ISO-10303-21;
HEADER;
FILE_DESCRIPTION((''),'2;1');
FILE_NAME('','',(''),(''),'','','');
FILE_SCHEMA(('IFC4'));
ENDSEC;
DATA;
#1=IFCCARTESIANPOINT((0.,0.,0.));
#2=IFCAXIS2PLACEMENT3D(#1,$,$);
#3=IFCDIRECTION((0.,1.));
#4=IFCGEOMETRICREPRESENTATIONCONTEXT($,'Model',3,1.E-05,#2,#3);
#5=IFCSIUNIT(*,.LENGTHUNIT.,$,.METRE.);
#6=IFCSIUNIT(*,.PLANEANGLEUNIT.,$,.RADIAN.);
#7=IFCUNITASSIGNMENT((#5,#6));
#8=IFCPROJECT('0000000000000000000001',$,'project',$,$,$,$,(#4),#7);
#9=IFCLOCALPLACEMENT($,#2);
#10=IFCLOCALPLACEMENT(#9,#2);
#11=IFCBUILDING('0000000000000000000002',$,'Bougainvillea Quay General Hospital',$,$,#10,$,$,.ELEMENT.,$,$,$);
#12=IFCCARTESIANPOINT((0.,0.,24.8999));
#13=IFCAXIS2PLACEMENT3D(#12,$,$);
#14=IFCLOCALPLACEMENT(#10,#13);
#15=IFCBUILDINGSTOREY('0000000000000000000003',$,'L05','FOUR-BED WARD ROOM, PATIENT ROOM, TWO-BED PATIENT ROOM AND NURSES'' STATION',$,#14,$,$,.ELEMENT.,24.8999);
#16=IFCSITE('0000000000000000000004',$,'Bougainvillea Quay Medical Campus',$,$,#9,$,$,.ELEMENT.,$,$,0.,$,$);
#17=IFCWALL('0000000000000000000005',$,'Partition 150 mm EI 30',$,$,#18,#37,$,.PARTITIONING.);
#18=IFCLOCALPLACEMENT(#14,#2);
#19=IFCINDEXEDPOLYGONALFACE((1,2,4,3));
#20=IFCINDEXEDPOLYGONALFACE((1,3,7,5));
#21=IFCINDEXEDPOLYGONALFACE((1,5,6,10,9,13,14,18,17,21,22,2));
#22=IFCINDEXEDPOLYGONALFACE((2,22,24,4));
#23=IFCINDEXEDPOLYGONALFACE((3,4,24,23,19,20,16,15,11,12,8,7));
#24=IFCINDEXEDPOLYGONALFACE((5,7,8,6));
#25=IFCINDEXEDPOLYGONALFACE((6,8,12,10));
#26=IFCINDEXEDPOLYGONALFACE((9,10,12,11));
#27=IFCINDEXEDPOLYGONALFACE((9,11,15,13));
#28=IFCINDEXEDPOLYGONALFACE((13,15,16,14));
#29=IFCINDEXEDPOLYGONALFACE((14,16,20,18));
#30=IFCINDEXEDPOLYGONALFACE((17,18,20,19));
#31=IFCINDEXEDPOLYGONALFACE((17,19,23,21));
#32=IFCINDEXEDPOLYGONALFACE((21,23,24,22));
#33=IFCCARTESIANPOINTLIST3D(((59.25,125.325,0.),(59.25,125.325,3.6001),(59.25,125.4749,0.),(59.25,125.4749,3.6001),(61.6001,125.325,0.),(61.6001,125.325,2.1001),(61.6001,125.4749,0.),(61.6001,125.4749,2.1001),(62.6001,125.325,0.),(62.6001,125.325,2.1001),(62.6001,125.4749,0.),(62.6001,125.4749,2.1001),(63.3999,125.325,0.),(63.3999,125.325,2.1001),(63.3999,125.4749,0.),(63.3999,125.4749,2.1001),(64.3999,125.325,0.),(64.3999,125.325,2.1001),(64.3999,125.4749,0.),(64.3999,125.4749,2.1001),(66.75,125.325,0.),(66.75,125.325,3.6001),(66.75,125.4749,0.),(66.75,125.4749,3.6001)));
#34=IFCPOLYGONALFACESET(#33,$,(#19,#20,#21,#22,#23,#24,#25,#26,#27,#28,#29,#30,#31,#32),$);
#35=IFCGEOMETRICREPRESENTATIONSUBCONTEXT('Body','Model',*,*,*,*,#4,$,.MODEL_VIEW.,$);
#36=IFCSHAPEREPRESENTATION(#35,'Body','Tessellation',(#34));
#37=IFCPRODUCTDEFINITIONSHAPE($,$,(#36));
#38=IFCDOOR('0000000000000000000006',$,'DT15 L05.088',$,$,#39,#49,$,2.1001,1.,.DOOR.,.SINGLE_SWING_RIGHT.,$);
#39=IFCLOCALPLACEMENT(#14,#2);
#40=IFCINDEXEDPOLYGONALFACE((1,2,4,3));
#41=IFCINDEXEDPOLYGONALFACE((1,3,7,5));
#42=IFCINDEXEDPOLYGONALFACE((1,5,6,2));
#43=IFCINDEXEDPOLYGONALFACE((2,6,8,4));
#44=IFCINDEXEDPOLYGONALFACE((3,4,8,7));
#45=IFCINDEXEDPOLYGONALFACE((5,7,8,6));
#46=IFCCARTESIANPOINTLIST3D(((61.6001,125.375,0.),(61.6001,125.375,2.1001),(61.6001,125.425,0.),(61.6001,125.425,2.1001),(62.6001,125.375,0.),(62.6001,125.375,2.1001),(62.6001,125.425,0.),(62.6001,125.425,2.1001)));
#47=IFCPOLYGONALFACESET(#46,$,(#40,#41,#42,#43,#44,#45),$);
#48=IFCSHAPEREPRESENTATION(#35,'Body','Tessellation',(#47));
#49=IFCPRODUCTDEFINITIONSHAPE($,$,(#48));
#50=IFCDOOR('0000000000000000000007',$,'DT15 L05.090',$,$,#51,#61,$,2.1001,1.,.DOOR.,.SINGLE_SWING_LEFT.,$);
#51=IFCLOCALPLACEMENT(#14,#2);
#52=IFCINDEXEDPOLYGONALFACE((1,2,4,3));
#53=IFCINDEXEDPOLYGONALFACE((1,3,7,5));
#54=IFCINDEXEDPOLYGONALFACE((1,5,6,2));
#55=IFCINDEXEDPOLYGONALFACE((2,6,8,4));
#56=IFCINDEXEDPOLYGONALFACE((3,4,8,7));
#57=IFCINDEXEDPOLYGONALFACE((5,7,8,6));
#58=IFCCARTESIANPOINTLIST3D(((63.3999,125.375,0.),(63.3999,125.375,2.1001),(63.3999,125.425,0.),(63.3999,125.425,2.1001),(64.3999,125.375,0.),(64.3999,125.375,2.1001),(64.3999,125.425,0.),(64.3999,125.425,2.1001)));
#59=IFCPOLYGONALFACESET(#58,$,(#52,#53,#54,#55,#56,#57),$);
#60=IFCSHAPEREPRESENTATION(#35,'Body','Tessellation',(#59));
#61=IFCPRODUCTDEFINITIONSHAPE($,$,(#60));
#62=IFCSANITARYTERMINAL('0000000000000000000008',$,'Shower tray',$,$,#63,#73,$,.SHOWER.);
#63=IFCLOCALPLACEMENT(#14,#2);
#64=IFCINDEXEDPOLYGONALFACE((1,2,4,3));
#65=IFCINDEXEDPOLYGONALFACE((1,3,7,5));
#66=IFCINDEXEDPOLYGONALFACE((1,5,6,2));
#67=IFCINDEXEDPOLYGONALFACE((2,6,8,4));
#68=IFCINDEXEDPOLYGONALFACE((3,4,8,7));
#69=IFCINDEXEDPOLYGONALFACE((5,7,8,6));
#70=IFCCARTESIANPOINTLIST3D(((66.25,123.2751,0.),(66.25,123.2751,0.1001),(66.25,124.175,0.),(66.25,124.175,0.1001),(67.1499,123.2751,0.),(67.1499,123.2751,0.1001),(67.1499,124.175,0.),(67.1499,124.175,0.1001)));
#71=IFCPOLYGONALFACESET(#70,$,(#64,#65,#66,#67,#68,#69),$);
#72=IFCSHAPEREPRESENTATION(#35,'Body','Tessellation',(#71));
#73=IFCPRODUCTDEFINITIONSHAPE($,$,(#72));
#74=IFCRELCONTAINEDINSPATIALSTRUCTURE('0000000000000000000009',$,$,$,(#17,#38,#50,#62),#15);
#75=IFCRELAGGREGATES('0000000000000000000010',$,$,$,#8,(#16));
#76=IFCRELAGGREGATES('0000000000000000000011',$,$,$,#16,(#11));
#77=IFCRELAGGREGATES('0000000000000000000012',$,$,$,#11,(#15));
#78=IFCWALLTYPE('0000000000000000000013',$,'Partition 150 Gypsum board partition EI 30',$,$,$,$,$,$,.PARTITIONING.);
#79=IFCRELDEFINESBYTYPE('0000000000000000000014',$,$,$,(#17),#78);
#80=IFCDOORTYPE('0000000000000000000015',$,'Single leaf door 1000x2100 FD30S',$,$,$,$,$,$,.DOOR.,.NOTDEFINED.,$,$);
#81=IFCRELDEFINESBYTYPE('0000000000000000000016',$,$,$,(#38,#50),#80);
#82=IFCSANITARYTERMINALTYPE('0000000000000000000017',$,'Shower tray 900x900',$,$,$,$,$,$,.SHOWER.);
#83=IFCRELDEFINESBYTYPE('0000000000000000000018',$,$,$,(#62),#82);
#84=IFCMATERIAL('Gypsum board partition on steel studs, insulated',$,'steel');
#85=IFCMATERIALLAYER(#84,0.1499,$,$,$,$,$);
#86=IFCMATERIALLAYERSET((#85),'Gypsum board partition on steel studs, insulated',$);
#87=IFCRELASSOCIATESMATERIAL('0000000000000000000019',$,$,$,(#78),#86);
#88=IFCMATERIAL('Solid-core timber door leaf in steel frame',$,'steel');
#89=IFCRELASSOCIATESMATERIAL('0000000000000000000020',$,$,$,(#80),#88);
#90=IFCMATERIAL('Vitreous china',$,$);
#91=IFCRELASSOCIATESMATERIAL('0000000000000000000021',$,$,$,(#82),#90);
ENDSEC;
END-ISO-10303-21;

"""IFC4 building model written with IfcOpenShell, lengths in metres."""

from ifc_helpers import new_model, si_unit, direction, frame, frame_2d, origin, origin_2d, place, context, subcontext, project, spatial, rectangle, extrude, material, layer, layer_set, type_object, element, fill, save


model = new_model("IFC4")

# Units and contexts
model_context = context("Model", 3, precision=1e-05, world=origin(), true_north=direction((0.0, 1.0)))
body_context = subcontext(model_context, "Body", "Model", "MODEL_VIEW")
ifc_project = project(units=[si_unit("LENGTHUNIT", "METRE"), si_unit("PLANEANGLEUNIT", "RADIAN")], contexts=[model_context])

# Site, building, storey
site_placement = place(None, origin())
site = spatial("IfcSite", under=ifc_project, at=site_placement, Name="Bougainvillea Quay Medical Campus", CompositionType="ELEMENT", RefElevation=0.0)
building_placement = place(site_placement, origin())
building = spatial("IfcBuilding", under=site, at=building_placement, Name="Bougainvillea Quay General Hospital", CompositionType="ELEMENT")
storey_placement = place(building_placement, frame((0.0, 0.0, 24.8999)))
storey = spatial("IfcBuildingStorey", under=building, at=storey_placement, Name="L05", Description="FOUR-BED WARD ROOM, PATIENT ROOM, TWO-BED PATIENT ROOM AND NURSES' STATION", CompositionType="ELEMENT", Elevation=24.8999)

# Shared definitions
ifc_material_1 = material(Name="Gypsum board partition on steel studs, insulated", Category="steel")

# Shared definitions
ifc_material_2 = material(Name="Solid-core timber door leaf in steel frame", Category="steel")

# Wall, openings, doors
ifc_layer_1 = layer(ifc_material_1, 0.1499)
ifc_layer_set_1 = layer_set([ifc_layer_1], Name="Gypsum board partition on steel studs, insulated")
wall_type_1 = type_object("IfcWallType", Name="Partition 150 Gypsum board partition EI 30", PredefinedType="PARTITIONING", material=ifc_layer_set_1)
wall_1_placement = place(storey_placement, frame((66.75, 125.3999, 0.0), z_axis=(0.0, 0.0, 1.0), x_axis=(-1.0, 0.0, 0.0)))
wall_1 = element("IfcWall", 1, at=wall_1_placement, inside=storey, type_object=wall_type_1, Name="Partition 150 mm EI 30", PredefinedType="PARTITIONING", context=body_context, shape_type="SweptSolid", body=[
    extrude(rectangle(XDim=7.5, YDim=0.1499, at=frame_2d((3.75, 0.0))), origin(), (0.0, 0.0, 1.0), 3.6001),
])
opening_1_placement = place(wall_1_placement, frame((4.1499, 0.0, 0.0)))
opening_1 = element("IfcOpeningElement", 2, at=opening_1_placement, cuts=wall_1, PredefinedType="OPENING", context=body_context, shape_type="SweptSolid", body=[
    extrude(rectangle(XDim=1.0, YDim=2.1001, at=frame_2d((0.5, 1.05))), frame((0.0, 0.085, 0.0), z_axis=(0.0, -1.0, 0.0), x_axis=(1.0, 0.0, 0.0)), (0.0, 0.0, 1.0), 0.1699),
])
opening_2_placement = place(wall_1_placement, frame((2.3501, 0.0, 0.0)))
opening_2 = element("IfcOpeningElement", 3, at=opening_2_placement, cuts=wall_1, PredefinedType="OPENING", context=body_context, shape_type="SweptSolid", body=[
    extrude(rectangle(XDim=1.0, YDim=2.1001, at=frame_2d((0.5, 1.05))), frame((0.0, 0.085, 0.0), z_axis=(0.0, -1.0, 0.0), x_axis=(1.0, 0.0, 0.0)), (0.0, 0.0, 1.0), 0.1699),
])
door_type_1 = type_object("IfcDoorType", Name="Single leaf door 1000x2100 FD30S", OperationType="NOTDEFINED", PredefinedType="DOOR", material=ifc_material_2)
door_1_placement = place(opening_1_placement, origin())
door_1 = element("IfcDoor", 4, at=door_1_placement, inside=storey, type_object=door_type_1, Name="DT15 L05.088", OperationType="SINGLE_SWING_RIGHT", OverallHeight=2.1001, OverallWidth=1.0, PredefinedType="DOOR", context=body_context, shape_type="SweptSolid", body=[
    extrude(rectangle(XDim=1.0, YDim=2.1001, at=frame_2d((0.5, 1.05))), frame((0.0, 0.0249, 0.0), z_axis=(0.0, -1.0, 0.0), x_axis=(1.0, 0.0, 0.0)), (0.0, 0.0, 1.0), 0.05),
])
fill(opening_1, door_1)
door_2_placement = place(opening_2_placement, origin())
door_2 = element("IfcDoor", 5, at=door_2_placement, inside=storey, type_object=door_type_1, Name="DT15 L05.090", OperationType="SINGLE_SWING_LEFT", OverallHeight=2.1001, OverallWidth=1.0, PredefinedType="DOOR", context=body_context, shape_type="SweptSolid", body=[
    extrude(rectangle(XDim=1.0, YDim=2.1001, at=frame_2d((0.5, 1.05))), frame((0.0, 0.0249, 0.0), z_axis=(0.0, -1.0, 0.0), x_axis=(1.0, 0.0, 0.0)), (0.0, 0.0, 1.0), 0.05),
])
fill(opening_2, door_2)

# Sanitary terminal
ifc_material_3 = material(Name="Vitreous china")
sanitary_terminal_type = type_object("IfcSanitaryTerminalType", Name="Shower tray 900x900", PredefinedType="SHOWER", material=ifc_material_3)
sanitary_terminal_placement = place(storey_placement, frame((66.7, 123.7251, 0.0), z_axis=(0.0, 0.0, 1.0), x_axis=(0.0, -1.0, 0.0)))
element("IfcSanitaryTerminal", 6, at=sanitary_terminal_placement, inside=storey, type_object=sanitary_terminal_type, Name="Shower tray", PredefinedType="SHOWER", context=body_context, shape_type="SweptSolid", body=[
    extrude(rectangle(XDim=0.8999, YDim=0.8999, at=origin_2d()), origin(), (0.0, 0.0, 1.0), 0.1001),
])

save(model, "model.ifc")
